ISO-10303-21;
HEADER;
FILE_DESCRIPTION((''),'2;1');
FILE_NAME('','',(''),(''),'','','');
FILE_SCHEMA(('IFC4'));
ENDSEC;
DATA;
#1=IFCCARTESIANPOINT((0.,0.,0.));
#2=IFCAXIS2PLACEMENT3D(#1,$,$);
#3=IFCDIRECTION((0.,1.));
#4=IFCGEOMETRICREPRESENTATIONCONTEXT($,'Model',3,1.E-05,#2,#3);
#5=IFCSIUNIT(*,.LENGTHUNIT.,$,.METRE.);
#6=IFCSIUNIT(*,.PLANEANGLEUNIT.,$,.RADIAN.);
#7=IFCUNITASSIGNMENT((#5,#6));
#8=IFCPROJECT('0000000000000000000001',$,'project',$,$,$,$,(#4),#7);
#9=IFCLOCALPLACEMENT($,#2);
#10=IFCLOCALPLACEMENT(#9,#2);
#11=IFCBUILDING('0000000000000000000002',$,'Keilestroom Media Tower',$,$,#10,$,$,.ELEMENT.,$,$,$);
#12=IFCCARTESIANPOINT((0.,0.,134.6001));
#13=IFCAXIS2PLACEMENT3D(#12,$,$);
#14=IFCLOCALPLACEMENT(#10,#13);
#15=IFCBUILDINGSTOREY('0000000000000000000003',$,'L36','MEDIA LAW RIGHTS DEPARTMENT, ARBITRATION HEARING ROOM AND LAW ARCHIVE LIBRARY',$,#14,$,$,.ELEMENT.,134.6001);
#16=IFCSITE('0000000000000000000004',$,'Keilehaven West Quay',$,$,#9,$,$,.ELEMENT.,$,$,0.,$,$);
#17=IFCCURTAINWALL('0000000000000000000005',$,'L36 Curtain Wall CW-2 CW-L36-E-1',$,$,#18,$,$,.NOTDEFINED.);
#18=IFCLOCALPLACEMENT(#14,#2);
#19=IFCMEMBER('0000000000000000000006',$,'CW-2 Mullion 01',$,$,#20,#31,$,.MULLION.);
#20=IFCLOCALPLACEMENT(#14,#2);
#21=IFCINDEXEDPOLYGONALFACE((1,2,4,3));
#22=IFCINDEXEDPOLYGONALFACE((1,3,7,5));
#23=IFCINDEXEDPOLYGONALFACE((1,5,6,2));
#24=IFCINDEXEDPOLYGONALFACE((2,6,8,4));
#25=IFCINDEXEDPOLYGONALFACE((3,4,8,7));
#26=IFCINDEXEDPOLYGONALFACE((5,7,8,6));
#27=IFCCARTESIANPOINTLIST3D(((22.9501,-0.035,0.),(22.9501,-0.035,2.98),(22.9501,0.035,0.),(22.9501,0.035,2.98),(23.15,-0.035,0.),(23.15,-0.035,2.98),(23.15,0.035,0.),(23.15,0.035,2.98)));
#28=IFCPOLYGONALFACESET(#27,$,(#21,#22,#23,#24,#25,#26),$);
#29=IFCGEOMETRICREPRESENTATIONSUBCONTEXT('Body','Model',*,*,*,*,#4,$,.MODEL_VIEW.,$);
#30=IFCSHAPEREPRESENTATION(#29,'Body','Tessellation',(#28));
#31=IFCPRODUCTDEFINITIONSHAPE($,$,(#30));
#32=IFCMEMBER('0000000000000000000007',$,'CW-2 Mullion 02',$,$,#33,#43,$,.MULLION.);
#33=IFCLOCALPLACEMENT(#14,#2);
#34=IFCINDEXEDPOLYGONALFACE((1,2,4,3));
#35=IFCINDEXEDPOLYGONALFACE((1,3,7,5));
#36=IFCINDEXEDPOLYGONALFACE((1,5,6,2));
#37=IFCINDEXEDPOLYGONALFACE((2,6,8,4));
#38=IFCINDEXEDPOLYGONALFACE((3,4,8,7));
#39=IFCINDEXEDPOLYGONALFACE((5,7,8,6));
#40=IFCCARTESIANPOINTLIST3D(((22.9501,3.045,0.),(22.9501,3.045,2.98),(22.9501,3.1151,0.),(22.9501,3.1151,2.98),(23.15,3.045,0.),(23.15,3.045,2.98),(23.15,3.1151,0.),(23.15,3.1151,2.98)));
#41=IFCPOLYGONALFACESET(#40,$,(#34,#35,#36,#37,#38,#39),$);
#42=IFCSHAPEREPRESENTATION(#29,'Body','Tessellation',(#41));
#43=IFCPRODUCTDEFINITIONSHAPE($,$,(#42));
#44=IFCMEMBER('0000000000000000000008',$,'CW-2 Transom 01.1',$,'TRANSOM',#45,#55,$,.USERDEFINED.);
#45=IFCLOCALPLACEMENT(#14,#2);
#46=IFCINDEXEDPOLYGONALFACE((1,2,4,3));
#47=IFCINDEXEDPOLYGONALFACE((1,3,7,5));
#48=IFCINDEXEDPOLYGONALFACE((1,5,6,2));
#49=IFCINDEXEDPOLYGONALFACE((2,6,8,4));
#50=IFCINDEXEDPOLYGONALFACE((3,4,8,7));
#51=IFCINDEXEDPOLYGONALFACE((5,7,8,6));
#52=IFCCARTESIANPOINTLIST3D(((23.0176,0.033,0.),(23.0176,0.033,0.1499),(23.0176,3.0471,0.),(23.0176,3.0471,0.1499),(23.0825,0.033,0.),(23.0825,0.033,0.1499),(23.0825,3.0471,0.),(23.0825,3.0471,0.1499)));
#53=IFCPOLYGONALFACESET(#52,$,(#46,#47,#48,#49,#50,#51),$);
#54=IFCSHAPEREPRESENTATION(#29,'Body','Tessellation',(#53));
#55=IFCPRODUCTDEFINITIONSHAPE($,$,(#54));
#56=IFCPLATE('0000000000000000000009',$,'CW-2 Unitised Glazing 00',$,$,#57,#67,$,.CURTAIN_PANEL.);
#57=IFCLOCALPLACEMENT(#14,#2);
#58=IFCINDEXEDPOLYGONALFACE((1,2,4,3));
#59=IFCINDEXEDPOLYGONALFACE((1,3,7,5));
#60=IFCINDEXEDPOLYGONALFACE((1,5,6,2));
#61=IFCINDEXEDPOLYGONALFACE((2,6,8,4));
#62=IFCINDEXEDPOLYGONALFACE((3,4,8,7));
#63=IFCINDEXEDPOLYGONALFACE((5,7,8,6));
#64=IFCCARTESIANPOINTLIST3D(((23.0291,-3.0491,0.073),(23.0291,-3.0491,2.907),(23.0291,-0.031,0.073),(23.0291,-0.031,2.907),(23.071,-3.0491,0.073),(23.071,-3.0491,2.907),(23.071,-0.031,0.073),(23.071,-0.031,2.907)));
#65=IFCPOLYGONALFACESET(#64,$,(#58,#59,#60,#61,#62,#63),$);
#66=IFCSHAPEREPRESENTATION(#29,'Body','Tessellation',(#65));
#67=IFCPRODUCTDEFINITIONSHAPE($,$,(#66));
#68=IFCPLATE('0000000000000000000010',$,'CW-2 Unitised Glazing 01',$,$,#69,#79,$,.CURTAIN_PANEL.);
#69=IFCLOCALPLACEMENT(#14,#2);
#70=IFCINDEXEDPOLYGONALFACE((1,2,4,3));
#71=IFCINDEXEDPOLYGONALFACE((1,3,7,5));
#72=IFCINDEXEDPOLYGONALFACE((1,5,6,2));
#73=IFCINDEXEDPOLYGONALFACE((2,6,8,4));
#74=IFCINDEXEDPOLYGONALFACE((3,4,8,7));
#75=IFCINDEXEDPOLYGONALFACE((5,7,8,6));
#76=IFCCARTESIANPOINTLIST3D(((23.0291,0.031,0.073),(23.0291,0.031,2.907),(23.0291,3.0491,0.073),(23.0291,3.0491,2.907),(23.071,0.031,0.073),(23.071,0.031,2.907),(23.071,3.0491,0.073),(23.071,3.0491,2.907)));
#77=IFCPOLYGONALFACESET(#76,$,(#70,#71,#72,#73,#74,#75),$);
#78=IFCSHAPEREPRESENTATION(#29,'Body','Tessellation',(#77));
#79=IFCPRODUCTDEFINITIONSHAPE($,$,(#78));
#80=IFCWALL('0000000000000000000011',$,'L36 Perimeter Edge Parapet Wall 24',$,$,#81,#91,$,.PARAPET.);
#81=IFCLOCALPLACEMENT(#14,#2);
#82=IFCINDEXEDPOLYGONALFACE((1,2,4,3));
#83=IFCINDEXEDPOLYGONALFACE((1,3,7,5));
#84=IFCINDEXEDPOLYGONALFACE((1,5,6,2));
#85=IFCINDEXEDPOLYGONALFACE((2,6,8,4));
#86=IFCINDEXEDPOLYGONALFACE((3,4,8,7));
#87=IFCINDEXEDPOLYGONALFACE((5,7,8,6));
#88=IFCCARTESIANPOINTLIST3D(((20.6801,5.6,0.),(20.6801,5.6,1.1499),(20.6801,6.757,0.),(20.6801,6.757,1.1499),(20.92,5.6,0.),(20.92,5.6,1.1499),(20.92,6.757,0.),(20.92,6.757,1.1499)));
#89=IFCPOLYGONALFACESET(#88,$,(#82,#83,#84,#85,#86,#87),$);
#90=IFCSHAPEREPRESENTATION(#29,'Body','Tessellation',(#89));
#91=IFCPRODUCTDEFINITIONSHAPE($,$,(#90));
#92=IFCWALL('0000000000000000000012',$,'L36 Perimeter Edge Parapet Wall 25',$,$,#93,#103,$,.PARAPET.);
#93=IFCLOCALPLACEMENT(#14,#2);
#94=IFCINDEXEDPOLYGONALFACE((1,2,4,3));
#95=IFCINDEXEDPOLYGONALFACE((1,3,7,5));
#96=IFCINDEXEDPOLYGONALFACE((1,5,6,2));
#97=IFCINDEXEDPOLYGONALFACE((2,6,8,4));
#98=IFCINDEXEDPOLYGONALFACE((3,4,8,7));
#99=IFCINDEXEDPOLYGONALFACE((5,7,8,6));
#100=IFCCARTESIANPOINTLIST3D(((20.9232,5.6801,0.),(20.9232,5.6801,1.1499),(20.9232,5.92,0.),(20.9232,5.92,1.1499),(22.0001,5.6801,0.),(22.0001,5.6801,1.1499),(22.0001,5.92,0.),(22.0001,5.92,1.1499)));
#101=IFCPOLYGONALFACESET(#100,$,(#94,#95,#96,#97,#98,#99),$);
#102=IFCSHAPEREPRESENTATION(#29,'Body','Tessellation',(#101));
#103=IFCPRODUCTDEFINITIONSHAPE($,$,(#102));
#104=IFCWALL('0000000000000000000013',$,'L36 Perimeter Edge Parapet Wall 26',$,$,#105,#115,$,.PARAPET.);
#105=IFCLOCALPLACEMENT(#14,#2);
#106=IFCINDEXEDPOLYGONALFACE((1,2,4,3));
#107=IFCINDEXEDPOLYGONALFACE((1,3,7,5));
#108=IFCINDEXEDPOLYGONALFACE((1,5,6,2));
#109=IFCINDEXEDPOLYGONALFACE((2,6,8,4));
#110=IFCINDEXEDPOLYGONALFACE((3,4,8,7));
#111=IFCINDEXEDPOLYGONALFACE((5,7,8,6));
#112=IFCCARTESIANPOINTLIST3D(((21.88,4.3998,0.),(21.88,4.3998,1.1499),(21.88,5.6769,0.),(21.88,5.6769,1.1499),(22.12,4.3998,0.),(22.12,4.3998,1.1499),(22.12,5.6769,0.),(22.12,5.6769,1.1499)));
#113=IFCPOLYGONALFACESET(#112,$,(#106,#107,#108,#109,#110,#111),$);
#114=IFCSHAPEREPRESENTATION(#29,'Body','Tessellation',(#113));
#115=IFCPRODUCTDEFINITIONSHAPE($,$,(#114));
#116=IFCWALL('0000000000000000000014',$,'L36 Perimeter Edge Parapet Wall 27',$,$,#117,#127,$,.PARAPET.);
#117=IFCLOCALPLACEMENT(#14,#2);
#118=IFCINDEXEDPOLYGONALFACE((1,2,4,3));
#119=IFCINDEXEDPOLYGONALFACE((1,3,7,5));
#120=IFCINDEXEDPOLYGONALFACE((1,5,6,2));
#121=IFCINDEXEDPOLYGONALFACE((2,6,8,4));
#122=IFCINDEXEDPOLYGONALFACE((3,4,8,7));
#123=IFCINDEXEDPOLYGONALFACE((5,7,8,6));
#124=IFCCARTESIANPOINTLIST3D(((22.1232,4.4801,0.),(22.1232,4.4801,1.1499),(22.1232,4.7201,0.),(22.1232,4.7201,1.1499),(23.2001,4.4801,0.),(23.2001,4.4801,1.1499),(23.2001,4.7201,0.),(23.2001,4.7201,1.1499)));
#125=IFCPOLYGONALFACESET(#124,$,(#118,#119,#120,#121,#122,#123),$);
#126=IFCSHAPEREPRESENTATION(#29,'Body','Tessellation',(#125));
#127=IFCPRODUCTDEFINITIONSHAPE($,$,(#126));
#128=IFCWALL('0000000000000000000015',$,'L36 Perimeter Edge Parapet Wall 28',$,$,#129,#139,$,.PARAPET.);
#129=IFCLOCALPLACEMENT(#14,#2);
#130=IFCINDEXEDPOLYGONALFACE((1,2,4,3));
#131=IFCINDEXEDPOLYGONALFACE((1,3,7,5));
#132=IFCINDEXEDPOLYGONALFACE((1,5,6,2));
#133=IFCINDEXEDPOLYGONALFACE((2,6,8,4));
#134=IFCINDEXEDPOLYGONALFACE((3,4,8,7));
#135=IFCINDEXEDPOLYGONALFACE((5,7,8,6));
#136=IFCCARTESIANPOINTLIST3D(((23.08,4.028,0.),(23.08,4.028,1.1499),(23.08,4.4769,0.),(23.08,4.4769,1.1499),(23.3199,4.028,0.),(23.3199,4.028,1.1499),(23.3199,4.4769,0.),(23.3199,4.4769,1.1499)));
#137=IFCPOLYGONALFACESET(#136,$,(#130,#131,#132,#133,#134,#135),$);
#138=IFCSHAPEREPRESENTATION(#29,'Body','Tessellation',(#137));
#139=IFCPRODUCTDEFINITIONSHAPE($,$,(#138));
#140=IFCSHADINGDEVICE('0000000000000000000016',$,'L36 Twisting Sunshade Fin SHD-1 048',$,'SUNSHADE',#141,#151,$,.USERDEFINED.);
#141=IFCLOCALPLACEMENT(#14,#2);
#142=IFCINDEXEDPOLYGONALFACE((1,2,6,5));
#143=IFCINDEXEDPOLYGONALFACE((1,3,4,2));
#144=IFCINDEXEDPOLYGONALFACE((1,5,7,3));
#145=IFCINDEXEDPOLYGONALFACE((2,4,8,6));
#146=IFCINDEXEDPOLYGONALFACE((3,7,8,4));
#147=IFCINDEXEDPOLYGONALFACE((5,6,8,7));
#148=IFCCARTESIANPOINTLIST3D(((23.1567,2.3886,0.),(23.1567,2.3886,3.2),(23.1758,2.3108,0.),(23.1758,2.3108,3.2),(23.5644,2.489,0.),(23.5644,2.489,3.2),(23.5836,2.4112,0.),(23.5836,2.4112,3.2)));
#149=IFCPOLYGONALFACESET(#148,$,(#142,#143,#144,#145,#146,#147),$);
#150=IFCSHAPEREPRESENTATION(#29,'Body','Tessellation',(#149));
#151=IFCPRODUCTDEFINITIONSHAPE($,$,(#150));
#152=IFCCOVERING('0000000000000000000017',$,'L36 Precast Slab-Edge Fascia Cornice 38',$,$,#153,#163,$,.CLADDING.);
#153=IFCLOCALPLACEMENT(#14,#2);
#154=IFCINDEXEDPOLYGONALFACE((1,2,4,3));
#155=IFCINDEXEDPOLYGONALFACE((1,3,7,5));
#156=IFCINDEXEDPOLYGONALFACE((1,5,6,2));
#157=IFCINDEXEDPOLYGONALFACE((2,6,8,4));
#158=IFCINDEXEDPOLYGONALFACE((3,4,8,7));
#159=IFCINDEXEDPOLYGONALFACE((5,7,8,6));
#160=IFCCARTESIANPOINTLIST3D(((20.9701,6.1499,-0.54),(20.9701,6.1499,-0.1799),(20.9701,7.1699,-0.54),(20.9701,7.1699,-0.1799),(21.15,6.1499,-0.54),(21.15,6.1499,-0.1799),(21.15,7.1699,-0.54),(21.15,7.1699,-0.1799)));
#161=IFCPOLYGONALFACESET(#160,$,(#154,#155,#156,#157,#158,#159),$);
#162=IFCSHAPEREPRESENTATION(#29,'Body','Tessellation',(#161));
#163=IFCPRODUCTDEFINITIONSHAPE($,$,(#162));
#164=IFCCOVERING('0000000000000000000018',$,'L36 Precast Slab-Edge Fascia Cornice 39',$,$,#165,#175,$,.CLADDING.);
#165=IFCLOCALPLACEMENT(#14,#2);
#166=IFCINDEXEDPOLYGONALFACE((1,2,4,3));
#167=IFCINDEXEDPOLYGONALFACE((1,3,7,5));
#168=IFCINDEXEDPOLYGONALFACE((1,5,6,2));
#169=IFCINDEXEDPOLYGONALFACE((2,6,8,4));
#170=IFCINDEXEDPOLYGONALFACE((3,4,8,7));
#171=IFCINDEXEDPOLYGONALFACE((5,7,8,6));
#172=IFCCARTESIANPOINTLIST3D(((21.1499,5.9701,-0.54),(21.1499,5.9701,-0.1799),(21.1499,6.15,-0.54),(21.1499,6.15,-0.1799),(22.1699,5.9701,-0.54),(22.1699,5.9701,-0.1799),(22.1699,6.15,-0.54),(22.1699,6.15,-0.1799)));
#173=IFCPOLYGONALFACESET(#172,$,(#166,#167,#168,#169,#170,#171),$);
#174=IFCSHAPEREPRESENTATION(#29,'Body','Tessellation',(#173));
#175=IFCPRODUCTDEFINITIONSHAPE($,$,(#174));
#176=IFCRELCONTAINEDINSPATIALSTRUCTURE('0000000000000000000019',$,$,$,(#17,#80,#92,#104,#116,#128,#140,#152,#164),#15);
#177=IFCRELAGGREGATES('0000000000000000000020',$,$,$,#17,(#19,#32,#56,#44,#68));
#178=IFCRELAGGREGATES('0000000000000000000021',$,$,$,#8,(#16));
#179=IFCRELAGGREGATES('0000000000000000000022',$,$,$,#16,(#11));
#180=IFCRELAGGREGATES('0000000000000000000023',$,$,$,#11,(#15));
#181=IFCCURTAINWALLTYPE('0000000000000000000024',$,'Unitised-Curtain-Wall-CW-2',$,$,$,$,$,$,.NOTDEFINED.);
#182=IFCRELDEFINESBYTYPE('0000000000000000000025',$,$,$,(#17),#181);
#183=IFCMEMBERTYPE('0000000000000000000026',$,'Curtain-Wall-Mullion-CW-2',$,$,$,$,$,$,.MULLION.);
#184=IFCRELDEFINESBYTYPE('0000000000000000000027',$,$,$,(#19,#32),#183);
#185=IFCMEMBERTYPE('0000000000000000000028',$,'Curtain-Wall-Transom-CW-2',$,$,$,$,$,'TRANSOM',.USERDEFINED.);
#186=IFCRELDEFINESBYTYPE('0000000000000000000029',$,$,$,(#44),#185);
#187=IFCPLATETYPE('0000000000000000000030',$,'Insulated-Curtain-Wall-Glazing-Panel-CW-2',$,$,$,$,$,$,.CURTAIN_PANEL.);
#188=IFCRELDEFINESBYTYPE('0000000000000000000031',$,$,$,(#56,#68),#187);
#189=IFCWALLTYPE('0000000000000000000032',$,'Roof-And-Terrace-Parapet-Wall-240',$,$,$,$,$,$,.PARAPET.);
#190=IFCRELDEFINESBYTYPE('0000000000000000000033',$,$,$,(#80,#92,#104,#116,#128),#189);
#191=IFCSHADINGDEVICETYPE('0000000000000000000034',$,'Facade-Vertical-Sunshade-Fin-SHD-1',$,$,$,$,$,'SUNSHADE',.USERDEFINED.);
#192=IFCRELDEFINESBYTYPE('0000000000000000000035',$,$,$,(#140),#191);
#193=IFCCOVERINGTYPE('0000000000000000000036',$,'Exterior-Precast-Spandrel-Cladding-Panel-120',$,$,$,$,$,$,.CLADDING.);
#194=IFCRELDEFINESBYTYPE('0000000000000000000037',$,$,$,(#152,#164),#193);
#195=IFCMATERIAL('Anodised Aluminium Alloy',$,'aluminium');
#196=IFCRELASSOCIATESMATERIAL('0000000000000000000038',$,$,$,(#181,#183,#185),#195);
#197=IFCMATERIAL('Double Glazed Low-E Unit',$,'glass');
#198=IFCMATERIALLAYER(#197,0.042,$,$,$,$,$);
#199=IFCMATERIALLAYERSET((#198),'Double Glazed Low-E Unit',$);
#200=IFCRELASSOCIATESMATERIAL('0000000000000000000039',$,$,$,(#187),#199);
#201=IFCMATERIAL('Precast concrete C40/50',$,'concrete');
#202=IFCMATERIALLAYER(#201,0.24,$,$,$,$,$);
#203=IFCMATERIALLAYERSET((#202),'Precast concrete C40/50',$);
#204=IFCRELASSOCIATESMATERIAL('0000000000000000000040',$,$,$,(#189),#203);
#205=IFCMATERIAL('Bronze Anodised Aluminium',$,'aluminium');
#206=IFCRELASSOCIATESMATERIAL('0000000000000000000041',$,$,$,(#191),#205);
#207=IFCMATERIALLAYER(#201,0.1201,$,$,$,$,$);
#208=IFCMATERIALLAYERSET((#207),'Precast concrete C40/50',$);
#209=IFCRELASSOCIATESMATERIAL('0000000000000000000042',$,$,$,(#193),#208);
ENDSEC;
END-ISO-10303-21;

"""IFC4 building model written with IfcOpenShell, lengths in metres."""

from ifc_helpers import new_model, si_unit, direction, frame, frame_2d, origin, origin_2d, place, context, subcontext, project, spatial, rectangle, extrude, source, transform, mapped, material, layer, layer_set, material_profile, profile_set, type_object, element, aggregate, save


model = new_model("IFC4")

# Units and contexts
model_context = context("Model", 3, precision=1e-05, world=origin(), true_north=direction((0.0, 1.0)))
body_context = subcontext(model_context, "Body", "Model", "MODEL_VIEW")
ifc_project = project(units=[si_unit("LENGTHUNIT", "METRE"), si_unit("PLANEANGLEUNIT", "RADIAN")], contexts=[model_context])

# Site, building, storey
site_placement = place(None, origin())
site = spatial("IfcSite", under=ifc_project, at=site_placement, Name="Keilehaven West Quay", CompositionType="ELEMENT", RefElevation=0.0)
building_placement = place(site_placement, origin())
building = spatial("IfcBuilding", under=site, at=building_placement, Name="Keilestroom Media Tower", CompositionType="ELEMENT")
storey_placement = place(building_placement, frame((0.0, 0.0, 134.6001)))
storey = spatial("IfcBuildingStorey", under=building, at=storey_placement, Name="L36", Description="MEDIA LAW RIGHTS DEPARTMENT, ARBITRATION HEARING ROOM AND LAW ARCHIVE LIBRARY", CompositionType="ELEMENT", Elevation=134.6001)

# Shared definitions
ifc_material_1 = material(Name="Precast concrete C40/50", Category="concrete")

# Curtain wall, members, plates
ifc_material_2 = material(Name="Anodised Aluminium Alloy", Category="aluminium")
curtain_wall_type = type_object("IfcCurtainWallType", Name="Unitised-Curtain-Wall-CW-2", PredefinedType="NOTDEFINED", material=ifc_material_2)
curtain_wall_placement = place(storey_placement, origin())
curtain_wall = element("IfcCurtainWall", 1, at=curtain_wall_placement, inside=storey, type_object=curtain_wall_type, Name="L36 Curtain Wall CW-2 CW-L36-E-1", PredefinedType="NOTDEFINED")
ifc_material_profile_1 = material_profile(ifc_material_2, rectangle(XDim=0.0701, YDim=0.2, at=origin_2d()), Name="ALU MULLION 70x200")
ifc_profile_set_1 = profile_set([ifc_material_profile_1], Name="Anodised Aluminium Alloy")
member_type_1 = type_object("IfcMemberType", Name="Curtain-Wall-Mullion-CW-2", PredefinedType="MULLION", material=ifc_profile_set_1)
shared_shape_1 = source(origin(), body_context, "Body", "SweptSolid", [
    extrude(rectangle(XDim=0.0701, YDim=0.2, at=origin_2d()), origin(), (0.0, 0.0, 1.0), 2.98),
])
member_1_placement = place(storey_placement, frame((23.05, 0.0, 0.0), z_axis=(0.0, 0.0, 1.0), x_axis=(0.0, 1.0, 0.0)))
member_1 = element("IfcMember", 2, at=member_1_placement, type_object=member_type_1, Name="CW-2 Mullion 01", PredefinedType="MULLION", context=body_context, shape_type="MappedRepresentation", body=[
    mapped(shared_shape_1, transform((0.0, 0.0, 0.0), x_axis=(1.0, 0.0, 0.0), y_axis=(0.0, 1.0, 0.0), z_axis=(0.0, 0.0, 1.0), scale=1.0)),
])
member_2_placement = place(storey_placement, frame((23.05, 3.0801, 0.0), z_axis=(0.0, 0.0, 1.0), x_axis=(0.0, 1.0, 0.0)))
member_2 = element("IfcMember", 3, at=member_2_placement, type_object=member_type_1, Name="CW-2 Mullion 02", PredefinedType="MULLION", context=body_context, shape_type="MappedRepresentation", body=[
    mapped(shared_shape_1, transform((0.0, 0.0, 0.0), x_axis=(1.0, 0.0, 0.0), y_axis=(0.0, 1.0, 0.0), z_axis=(0.0, 0.0, 1.0), scale=1.0)),
])
ifc_material_profile_2 = material_profile(ifc_material_2, rectangle(XDim=0.0649, YDim=0.1499, at=origin_2d()), Name="ALU TRANSOM 65x150")
ifc_profile_set_2 = profile_set([ifc_material_profile_2], Name="Anodised Aluminium Alloy")
member_type_2 = type_object("IfcMemberType", Name="Curtain-Wall-Transom-CW-2", ElementType="TRANSOM", PredefinedType="USERDEFINED", material=ifc_profile_set_2)
shared_shape_2 = source(origin(), body_context, "Body", "SweptSolid", [
    extrude(rectangle(XDim=0.0649, YDim=0.1499, at=origin_2d()), origin(), (0.0, 0.0, 1.0), 3.0142),
])
member_3_placement = place(storey_placement, frame((23.05, 0.033, 0.075), z_axis=(0.0, 1.0, 0.0), x_axis=(-1.0, 0.0, 0.0)))
member_3 = element("IfcMember", 4, at=member_3_placement, type_object=member_type_2, Name="CW-2 Transom 01.1", ObjectType="TRANSOM", PredefinedType="USERDEFINED", context=body_context, shape_type="MappedRepresentation", body=[
    mapped(shared_shape_2, transform((0.0, 0.0, 0.0), x_axis=(1.0, 0.0, 0.0), y_axis=(0.0, 1.0, 0.0), z_axis=(0.0, 0.0, 1.0), scale=1.0)),
])
ifc_material_3 = material(Name="Double Glazed Low-E Unit", Category="glass")
ifc_layer_1 = layer(ifc_material_3, 0.042)
ifc_layer_set_1 = layer_set([ifc_layer_1], Name="Double Glazed Low-E Unit")
plate_type = type_object("IfcPlateType", Name="Insulated-Curtain-Wall-Glazing-Panel-CW-2", PredefinedType="CURTAIN_PANEL", material=ifc_layer_set_1)
shared_shape_3 = source(origin(), body_context, "Body", "SweptSolid", [
    extrude(rectangle(XDim=3.0181, YDim=0.042, at=origin_2d()), origin(), (0.0, 0.0, 1.0), 2.834),
])
plate_1_placement = place(storey_placement, frame((23.05, -1.54, 0.073), z_axis=(0.0, 0.0, 1.0), x_axis=(0.0, 1.0, 0.0)))
plate_1 = element("IfcPlate", 5, at=plate_1_placement, type_object=plate_type, Name="CW-2 Unitised Glazing 00", PredefinedType="CURTAIN_PANEL", context=body_context, shape_type="MappedRepresentation", body=[
    mapped(shared_shape_3, transform((0.0, 0.0, 0.0), x_axis=(1.0, 0.0, 0.0), y_axis=(0.0, 1.0, 0.0), z_axis=(0.0, 0.0, 1.0), scale=1.0)),
])
plate_2_placement = place(storey_placement, frame((23.05, 1.54, 0.073), z_axis=(0.0, 0.0, 1.0), x_axis=(0.0, 1.0, 0.0)))
plate_2 = element("IfcPlate", 6, at=plate_2_placement, type_object=plate_type, Name="CW-2 Unitised Glazing 01", PredefinedType="CURTAIN_PANEL", context=body_context, shape_type="MappedRepresentation", body=[
    mapped(shared_shape_3, transform((0.0, 0.0, 0.0), x_axis=(1.0, 0.0, 0.0), y_axis=(0.0, 1.0, 0.0), z_axis=(0.0, 0.0, 1.0), scale=1.0)),
])
aggregate(curtain_wall, [member_1, member_2, plate_1, member_3, plate_2])

# Walls
ifc_layer_2 = layer(ifc_material_1, 0.24)
ifc_layer_set_2 = layer_set([ifc_layer_2], Name="Precast concrete C40/50")
wall_type = type_object("IfcWallType", Name="Roof-And-Terrace-Parapet-Wall-240", PredefinedType="PARAPET", material=ifc_layer_set_2)
wall_1_placement = place(storey_placement, frame((20.8, 6.7571, 0.0), z_axis=(0.0, 0.0, 1.0), x_axis=(0.0, -1.0, 0.0)))
element("IfcWall", 7, at=wall_1_placement, inside=storey, type_object=wall_type, Name="L36 Perimeter Edge Parapet Wall 24", PredefinedType="PARAPET", context=body_context, shape_type="SweptSolid", body=[
    extrude(rectangle(XDim=1.157, YDim=0.24, at=frame_2d((0.5786, 0.0))), origin(), (0.0, 0.0, 1.0), 1.1499),
])
wall_2_placement = place(storey_placement, frame((20.9231, 5.8, 0.0), z_axis=(0.0, 0.0, 1.0), x_axis=(1.0, 0.0, 0.0)))
element("IfcWall", 8, at=wall_2_placement, inside=storey, type_object=wall_type, Name="L36 Perimeter Edge Parapet Wall 25", PredefinedType="PARAPET", context=body_context, shape_type="SweptSolid", body=[
    extrude(rectangle(XDim=1.0769, YDim=0.24, at=frame_2d((0.5386, 0.0))), origin(), (0.0, 0.0, 1.0), 1.1499),
])
wall_3_placement = place(storey_placement, frame((22.0, 5.677, 0.0), z_axis=(0.0, 0.0, 1.0), x_axis=(0.0, -1.0, 0.0)))
element("IfcWall", 9, at=wall_3_placement, inside=storey, type_object=wall_type, Name="L36 Perimeter Edge Parapet Wall 26", PredefinedType="PARAPET", context=body_context, shape_type="SweptSolid", body=[
    extrude(rectangle(XDim=1.2771, YDim=0.24, at=frame_2d((0.6387, 0.0))), origin(), (0.0, 0.0, 1.0), 1.1499),
])
wall_4_placement = place(storey_placement, frame((22.123, 4.6001, 0.0), z_axis=(0.0, 0.0, 1.0), x_axis=(1.0, 0.0, 0.0)))
element("IfcWall", 10, at=wall_4_placement, inside=storey, type_object=wall_type, Name="L36 Perimeter Edge Parapet Wall 27", PredefinedType="PARAPET", context=body_context, shape_type="SweptSolid", body=[
    extrude(rectangle(XDim=1.0769, YDim=0.24, at=frame_2d((0.5386, 0.0))), origin(), (0.0, 0.0, 1.0), 1.1499),
])
wall_5_placement = place(storey_placement, frame((23.2, 4.4771, 0.0), z_axis=(0.0, 0.0, 1.0), x_axis=(0.0, -1.0, 0.0)))
element("IfcWall", 11, at=wall_5_placement, inside=storey, type_object=wall_type, Name="L36 Perimeter Edge Parapet Wall 28", PredefinedType="PARAPET", context=body_context, shape_type="SweptSolid", body=[
    extrude(rectangle(XDim=0.449, YDim=0.24, at=frame_2d((0.2246, 0.0))), origin(), (0.0, 0.0, 1.0), 1.1499),
])

# Shading device
ifc_material_4 = material(Name="Bronze Anodised Aluminium", Category="aluminium")
shading_device_type = type_object("IfcShadingDeviceType", Name="Facade-Vertical-Sunshade-Fin-SHD-1", ElementType="SUNSHADE", PredefinedType="USERDEFINED", material=ifc_material_4)
shared_shape_4 = source(origin(), body_context, "Body", "SweptSolid", [
    extrude(rectangle(XDim=0.4199, YDim=0.0801, at=origin_2d()), origin(), (0.0, 0.0, 1.0), 3.2),
])
shading_device_placement = place(storey_placement, frame((23.3701, 2.3999, 0.0), z_axis=(0.0, 0.0, 1.0), x_axis=(0.971009, 0.239042, 0.0)))
element("IfcShadingDevice", 12, at=shading_device_placement, inside=storey, type_object=shading_device_type, Name="L36 Twisting Sunshade Fin SHD-1 048", ObjectType="SUNSHADE", PredefinedType="USERDEFINED", context=body_context, shape_type="MappedRepresentation", body=[
    mapped(shared_shape_4, transform((0.0, 0.0, 0.0), x_axis=(1.0, 0.0, 0.0), y_axis=(0.0, 1.0, 0.0), z_axis=(0.0, 0.0, 1.0), scale=1.0)),
])

# Coverings
ifc_layer_3 = layer(ifc_material_1, 0.1201)
ifc_layer_set_3 = layer_set([ifc_layer_3], Name="Precast concrete C40/50")
covering_type = type_object("IfcCoveringType", Name="Exterior-Precast-Spandrel-Cladding-Panel-120", PredefinedType="CLADDING", material=ifc_layer_set_3)
shared_shape_5 = source(origin(), body_context, "Body", "SweptSolid", [
    extrude(rectangle(XDim=1.02, YDim=0.1799, at=origin_2d()), origin(), (0.0, 0.0, 1.0), 0.3601),
])
for number, where, z_axis, x_axis, name in (
    (13, (21.0601, 6.6599, -0.54), (0.0, 0.0, 1.0), (0.0, -1.0, 0.0), "L36 Precast Slab-Edge Fascia Cornice 38"),
    (14, (21.6599, 6.0601, -0.54), (0.0, 0.0, 1.0), (1.0, 0.0, 0.0), "L36 Precast Slab-Edge Fascia Cornice 39"),
):
    element("IfcCovering", number, at=place(storey_placement, frame(where, z_axis=z_axis, x_axis=x_axis)), inside=storey, type_object=covering_type, Name=name, PredefinedType="CLADDING", context=body_context, shape_type="MappedRepresentation", body=[
        mapped(shared_shape_5, transform((0.0, 0.0, 0.0), x_axis=(1.0, 0.0, 0.0), y_axis=(0.0, 1.0, 0.0), z_axis=(0.0, 0.0, 1.0), scale=1.0)),
    ])

save(model, "model.ifc")
